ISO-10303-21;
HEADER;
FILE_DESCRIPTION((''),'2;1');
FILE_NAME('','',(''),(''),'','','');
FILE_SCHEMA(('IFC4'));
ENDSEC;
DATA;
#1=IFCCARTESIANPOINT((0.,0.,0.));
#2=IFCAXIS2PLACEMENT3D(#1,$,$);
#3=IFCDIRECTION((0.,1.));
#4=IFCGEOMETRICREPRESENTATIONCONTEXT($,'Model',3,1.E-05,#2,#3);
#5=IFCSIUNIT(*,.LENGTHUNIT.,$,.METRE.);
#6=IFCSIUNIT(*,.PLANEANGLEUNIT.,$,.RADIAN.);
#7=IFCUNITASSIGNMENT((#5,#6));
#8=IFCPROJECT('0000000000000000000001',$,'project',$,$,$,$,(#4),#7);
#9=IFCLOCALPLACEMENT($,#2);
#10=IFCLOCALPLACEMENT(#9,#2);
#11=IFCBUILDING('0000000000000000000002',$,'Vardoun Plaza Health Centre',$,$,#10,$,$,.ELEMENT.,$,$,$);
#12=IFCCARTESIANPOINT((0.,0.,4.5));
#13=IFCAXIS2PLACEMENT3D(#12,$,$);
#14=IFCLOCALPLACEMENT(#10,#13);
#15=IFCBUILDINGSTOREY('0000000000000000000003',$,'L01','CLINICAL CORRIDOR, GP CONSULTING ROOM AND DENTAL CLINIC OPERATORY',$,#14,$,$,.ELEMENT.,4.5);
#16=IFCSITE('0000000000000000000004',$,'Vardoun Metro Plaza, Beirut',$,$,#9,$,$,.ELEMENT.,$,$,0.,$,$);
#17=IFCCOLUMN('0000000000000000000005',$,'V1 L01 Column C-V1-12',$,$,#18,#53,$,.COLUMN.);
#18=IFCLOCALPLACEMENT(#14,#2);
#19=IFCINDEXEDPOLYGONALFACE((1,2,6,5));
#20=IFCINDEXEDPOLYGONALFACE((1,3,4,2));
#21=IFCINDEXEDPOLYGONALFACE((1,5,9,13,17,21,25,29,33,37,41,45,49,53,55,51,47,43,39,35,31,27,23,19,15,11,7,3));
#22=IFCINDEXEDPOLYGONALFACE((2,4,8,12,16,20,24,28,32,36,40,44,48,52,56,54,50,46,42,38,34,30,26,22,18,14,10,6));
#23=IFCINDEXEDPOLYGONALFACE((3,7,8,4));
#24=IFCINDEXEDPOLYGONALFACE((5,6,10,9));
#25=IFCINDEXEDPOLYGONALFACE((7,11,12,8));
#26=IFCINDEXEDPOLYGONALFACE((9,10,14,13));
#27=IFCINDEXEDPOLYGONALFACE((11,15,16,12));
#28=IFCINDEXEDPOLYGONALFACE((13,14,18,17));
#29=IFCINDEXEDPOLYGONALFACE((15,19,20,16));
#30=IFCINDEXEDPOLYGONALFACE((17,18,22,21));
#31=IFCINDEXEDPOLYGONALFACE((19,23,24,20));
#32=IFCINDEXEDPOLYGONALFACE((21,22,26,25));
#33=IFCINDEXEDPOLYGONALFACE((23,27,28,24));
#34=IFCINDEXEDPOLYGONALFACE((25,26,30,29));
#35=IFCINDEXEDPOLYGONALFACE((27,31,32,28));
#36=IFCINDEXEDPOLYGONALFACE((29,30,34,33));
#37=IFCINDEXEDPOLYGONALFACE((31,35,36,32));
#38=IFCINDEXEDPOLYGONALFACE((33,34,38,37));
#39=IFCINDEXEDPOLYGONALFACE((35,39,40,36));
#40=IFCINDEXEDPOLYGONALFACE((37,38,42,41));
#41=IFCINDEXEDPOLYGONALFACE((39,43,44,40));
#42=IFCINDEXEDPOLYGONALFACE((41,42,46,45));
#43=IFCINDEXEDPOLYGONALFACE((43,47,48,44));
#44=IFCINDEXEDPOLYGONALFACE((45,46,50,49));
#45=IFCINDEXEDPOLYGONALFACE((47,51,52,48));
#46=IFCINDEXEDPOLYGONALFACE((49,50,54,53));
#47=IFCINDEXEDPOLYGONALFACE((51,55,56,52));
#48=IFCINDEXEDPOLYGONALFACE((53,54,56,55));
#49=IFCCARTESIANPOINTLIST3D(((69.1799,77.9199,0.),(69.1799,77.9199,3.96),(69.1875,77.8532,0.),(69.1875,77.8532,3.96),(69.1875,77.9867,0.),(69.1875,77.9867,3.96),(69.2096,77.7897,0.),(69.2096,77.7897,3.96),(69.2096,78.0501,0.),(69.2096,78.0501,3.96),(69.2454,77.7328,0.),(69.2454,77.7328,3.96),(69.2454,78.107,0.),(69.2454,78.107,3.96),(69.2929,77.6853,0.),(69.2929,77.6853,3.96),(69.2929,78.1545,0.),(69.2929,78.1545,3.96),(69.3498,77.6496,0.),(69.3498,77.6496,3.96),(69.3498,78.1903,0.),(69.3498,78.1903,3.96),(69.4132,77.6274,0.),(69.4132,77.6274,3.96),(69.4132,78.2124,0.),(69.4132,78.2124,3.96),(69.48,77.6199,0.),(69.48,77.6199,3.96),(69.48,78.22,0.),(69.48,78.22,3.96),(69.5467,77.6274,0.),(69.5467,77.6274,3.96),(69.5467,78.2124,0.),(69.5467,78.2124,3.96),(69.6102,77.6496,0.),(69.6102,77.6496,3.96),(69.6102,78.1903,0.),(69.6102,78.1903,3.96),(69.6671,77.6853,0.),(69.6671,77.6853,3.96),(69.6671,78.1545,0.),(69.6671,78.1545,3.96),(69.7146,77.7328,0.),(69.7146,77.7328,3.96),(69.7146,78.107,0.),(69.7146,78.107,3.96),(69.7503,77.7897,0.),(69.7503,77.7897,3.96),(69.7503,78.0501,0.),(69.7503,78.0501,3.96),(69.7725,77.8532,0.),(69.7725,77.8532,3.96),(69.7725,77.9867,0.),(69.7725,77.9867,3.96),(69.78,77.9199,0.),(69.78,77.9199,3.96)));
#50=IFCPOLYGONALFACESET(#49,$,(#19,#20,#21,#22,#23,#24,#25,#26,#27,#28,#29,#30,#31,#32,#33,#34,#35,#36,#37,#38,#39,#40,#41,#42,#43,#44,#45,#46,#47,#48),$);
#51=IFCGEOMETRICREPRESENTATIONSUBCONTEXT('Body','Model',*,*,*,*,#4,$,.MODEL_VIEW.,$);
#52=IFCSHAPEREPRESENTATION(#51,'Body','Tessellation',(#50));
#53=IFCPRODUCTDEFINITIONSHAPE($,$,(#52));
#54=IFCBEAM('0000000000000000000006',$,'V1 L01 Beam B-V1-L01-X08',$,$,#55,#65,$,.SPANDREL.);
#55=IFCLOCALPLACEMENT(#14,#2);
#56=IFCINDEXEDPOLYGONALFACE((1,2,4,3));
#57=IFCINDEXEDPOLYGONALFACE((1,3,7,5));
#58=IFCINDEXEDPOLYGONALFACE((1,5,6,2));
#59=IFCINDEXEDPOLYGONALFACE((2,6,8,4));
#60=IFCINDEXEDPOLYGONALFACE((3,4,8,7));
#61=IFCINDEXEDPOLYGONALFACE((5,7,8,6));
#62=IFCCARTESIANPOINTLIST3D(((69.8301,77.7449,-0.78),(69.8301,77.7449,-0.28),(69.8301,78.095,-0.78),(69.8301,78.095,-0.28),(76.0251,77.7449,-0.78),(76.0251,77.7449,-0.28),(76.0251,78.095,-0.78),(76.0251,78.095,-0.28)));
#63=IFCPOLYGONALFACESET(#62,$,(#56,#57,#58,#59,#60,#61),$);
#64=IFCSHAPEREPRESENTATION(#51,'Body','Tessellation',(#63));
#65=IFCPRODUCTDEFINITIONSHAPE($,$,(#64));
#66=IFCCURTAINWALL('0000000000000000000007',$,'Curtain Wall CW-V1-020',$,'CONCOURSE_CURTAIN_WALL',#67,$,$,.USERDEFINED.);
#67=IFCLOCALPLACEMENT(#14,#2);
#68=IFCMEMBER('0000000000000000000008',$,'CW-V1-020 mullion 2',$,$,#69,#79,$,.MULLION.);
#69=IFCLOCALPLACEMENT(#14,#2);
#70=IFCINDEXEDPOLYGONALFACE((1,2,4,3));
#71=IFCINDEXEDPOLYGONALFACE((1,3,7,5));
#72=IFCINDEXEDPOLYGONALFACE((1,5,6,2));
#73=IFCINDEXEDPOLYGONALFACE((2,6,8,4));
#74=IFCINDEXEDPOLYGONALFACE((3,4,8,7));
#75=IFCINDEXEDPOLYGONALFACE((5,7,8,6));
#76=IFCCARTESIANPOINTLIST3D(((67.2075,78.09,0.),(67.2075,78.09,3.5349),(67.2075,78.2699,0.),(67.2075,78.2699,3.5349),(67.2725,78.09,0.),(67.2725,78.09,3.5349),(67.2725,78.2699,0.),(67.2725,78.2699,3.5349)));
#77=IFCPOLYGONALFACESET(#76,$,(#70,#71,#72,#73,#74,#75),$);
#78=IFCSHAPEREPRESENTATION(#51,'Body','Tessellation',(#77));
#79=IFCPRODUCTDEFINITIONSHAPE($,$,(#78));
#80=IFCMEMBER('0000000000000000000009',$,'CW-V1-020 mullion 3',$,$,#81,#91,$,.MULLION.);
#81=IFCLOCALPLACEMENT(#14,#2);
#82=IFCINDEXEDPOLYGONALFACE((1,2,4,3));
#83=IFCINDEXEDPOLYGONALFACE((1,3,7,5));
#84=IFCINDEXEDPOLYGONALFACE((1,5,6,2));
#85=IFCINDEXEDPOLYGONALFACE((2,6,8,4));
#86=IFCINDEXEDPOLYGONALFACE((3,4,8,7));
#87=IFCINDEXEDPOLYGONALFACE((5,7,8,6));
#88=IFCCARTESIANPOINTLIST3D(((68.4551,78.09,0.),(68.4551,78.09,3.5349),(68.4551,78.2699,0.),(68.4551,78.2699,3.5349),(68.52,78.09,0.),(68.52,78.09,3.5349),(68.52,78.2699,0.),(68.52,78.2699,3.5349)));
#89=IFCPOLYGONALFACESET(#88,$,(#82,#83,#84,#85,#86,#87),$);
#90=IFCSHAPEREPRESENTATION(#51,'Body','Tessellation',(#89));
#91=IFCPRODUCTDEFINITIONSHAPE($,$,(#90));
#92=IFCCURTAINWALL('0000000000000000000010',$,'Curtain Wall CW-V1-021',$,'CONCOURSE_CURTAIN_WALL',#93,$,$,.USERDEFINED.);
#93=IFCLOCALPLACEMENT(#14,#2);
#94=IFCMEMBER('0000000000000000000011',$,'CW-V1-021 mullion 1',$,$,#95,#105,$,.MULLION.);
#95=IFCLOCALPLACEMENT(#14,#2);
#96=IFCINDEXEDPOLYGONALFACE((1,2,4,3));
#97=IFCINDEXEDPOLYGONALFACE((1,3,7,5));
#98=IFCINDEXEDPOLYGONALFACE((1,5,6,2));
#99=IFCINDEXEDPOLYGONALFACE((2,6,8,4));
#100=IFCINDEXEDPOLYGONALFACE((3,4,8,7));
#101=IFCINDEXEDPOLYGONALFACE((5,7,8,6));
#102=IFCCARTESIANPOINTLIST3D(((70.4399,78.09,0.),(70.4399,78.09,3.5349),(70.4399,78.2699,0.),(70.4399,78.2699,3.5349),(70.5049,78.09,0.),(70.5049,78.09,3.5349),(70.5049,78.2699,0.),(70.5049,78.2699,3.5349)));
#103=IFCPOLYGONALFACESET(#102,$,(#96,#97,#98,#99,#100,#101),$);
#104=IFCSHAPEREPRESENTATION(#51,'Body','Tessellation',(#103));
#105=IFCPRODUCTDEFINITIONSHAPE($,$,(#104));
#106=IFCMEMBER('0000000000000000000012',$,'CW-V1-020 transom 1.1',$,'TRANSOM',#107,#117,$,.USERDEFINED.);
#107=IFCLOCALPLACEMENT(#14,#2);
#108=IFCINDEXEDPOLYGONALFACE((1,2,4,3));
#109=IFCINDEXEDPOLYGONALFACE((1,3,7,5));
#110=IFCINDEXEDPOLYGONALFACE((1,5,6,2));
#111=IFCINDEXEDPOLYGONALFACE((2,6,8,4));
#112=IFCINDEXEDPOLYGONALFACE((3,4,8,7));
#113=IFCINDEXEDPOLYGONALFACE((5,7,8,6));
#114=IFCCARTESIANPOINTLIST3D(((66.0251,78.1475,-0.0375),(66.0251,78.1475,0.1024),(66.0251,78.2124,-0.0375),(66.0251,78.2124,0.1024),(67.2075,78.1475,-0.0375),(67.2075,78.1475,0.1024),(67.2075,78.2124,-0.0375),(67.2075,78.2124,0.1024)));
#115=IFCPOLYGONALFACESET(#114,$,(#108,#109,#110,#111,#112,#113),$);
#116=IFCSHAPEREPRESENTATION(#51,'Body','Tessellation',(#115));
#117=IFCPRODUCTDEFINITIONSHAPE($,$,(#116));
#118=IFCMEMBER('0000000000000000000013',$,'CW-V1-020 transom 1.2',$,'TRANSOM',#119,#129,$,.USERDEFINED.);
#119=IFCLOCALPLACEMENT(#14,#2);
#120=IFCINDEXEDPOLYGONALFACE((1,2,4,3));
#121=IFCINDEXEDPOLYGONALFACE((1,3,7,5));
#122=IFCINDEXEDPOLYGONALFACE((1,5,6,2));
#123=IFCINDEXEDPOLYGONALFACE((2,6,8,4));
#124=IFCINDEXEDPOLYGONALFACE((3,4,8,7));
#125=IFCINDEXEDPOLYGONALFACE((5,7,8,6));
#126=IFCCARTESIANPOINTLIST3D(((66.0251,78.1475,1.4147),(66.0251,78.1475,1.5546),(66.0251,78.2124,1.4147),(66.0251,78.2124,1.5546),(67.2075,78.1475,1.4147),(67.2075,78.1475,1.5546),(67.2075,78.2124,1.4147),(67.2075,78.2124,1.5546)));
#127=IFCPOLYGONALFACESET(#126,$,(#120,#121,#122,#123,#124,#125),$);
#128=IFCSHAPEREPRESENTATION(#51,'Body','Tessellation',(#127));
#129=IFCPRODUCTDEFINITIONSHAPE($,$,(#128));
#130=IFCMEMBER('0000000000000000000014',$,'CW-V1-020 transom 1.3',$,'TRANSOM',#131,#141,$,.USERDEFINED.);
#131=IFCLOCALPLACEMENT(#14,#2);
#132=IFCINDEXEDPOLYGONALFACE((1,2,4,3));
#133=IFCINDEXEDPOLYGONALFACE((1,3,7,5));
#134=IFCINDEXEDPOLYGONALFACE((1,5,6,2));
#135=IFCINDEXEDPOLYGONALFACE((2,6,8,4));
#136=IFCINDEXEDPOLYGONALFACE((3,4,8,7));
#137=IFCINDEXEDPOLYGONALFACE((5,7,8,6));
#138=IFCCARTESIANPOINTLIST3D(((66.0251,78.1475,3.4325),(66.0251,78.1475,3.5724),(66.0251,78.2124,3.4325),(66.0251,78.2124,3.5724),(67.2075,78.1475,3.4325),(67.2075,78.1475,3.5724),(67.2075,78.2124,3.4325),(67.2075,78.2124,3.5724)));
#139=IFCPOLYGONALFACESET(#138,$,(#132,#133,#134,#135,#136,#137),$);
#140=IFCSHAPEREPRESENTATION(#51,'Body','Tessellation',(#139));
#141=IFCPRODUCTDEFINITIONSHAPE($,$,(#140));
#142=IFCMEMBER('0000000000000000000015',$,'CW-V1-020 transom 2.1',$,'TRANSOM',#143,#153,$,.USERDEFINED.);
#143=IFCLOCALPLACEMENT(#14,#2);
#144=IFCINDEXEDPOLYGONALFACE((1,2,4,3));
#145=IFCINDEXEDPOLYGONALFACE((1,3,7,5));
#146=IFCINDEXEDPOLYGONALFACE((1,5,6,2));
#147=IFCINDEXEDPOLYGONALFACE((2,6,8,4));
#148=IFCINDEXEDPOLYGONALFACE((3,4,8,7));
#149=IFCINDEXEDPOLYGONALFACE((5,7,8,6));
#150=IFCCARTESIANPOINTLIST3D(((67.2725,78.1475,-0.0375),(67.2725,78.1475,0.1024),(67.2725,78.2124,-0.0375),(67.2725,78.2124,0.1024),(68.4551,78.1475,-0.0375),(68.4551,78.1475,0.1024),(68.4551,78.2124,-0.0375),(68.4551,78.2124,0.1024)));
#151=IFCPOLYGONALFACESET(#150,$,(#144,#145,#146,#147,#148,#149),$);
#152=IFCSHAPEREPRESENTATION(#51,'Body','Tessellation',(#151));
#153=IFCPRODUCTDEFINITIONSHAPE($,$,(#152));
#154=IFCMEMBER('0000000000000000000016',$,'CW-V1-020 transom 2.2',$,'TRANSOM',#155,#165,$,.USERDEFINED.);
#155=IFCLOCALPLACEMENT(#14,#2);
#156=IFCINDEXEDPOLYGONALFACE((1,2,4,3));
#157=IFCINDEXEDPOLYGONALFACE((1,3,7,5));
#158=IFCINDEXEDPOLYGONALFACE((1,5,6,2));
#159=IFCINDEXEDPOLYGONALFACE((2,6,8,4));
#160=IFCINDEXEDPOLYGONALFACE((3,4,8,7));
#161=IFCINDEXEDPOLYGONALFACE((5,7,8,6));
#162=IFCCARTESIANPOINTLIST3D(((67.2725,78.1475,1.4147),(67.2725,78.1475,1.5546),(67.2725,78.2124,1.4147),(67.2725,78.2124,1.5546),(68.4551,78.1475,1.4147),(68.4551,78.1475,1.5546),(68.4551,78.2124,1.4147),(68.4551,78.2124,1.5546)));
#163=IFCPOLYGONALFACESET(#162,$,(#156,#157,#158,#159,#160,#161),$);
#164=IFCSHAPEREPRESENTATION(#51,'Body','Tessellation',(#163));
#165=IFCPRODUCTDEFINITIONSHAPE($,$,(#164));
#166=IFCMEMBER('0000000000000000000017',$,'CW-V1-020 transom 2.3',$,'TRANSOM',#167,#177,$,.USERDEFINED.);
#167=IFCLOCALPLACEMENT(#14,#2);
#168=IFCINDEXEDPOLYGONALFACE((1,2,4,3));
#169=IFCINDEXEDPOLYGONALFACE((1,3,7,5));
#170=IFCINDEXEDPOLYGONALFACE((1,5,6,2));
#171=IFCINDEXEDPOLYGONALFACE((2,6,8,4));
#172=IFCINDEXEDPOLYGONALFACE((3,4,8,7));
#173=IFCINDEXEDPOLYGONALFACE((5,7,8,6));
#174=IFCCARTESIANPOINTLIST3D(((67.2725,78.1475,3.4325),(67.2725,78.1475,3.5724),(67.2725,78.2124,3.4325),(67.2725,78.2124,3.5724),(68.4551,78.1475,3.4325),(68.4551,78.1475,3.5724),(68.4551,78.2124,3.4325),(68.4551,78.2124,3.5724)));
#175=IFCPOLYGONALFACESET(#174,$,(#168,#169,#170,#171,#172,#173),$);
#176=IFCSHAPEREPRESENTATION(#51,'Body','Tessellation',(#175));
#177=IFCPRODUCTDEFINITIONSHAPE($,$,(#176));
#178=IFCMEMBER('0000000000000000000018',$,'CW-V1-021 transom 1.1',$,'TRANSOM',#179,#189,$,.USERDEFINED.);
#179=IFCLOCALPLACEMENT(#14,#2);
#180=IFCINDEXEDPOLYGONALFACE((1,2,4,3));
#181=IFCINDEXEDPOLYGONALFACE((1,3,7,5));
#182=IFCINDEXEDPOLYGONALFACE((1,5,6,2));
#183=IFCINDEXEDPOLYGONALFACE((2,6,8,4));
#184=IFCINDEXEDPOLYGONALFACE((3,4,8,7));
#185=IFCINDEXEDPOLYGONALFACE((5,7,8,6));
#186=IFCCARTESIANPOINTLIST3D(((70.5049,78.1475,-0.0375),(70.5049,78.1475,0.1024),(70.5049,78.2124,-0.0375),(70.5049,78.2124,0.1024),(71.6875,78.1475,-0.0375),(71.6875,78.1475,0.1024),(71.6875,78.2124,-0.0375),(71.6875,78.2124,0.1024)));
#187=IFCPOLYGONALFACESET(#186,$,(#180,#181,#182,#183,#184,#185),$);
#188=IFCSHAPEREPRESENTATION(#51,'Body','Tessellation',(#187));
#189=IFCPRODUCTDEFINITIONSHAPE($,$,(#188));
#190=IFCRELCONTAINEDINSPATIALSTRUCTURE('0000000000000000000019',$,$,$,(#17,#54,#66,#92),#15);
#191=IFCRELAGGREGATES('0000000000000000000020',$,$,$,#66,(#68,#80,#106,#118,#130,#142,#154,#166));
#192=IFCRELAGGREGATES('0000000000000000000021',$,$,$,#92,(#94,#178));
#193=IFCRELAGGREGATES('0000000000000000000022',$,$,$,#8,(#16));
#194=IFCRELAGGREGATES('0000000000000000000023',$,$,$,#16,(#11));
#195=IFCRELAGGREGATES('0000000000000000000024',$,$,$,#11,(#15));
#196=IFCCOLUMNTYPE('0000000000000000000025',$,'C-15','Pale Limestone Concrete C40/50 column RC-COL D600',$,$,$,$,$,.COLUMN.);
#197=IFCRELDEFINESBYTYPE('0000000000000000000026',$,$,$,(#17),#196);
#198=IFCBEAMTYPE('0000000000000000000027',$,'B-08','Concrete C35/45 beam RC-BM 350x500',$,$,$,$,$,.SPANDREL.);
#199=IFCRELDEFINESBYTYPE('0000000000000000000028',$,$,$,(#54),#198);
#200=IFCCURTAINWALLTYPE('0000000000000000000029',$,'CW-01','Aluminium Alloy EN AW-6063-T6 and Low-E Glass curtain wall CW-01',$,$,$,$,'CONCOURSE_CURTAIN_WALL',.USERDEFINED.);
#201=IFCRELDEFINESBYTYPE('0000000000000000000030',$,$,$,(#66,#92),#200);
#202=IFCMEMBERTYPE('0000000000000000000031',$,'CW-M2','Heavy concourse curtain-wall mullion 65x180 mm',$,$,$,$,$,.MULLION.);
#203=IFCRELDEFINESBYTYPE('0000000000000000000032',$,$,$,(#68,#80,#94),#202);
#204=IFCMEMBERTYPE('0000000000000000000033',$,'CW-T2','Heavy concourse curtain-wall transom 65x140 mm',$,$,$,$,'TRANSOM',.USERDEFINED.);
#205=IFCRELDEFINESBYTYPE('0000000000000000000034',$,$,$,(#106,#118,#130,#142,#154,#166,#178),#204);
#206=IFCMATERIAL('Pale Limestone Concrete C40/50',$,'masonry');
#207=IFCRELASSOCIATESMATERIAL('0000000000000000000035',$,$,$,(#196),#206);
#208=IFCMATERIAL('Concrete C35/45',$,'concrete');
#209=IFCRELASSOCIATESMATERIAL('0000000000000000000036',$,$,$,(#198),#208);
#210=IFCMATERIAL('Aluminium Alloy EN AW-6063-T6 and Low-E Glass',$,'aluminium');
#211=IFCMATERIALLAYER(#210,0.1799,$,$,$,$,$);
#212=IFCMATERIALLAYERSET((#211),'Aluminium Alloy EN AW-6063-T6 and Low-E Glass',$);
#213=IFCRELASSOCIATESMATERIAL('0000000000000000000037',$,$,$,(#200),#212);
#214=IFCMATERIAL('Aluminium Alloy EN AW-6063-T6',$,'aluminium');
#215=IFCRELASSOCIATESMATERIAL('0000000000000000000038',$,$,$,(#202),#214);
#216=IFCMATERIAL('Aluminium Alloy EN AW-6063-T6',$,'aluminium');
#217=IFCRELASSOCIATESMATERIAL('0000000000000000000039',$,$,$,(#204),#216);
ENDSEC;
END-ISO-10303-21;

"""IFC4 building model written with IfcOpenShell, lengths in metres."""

from ifc_helpers import new_model, si_unit, direction, frame, origin, origin_2d, place, context, subcontext, project, spatial, rectangle, circle, extrude, material, layer, layer_set, material_profile, profile_set, type_object, element, aggregate, save


model = new_model("IFC4")

# Units and contexts
model_context = context("Model", 3, precision=1e-05, world=origin(), true_north=direction((0.0, 1.0)))
body_context = subcontext(model_context, "Body", "Model", "MODEL_VIEW")
ifc_project = project(units=[si_unit("LENGTHUNIT", "METRE"), si_unit("PLANEANGLEUNIT", "RADIAN")], contexts=[model_context])

# Site, building, storey
site_placement = place(None, origin())
site = spatial("IfcSite", under=ifc_project, at=site_placement, Name="Vardoun Metro Plaza, Beirut", CompositionType="ELEMENT", RefElevation=0.0)
building_placement = place(site_placement, origin())
building = spatial("IfcBuilding", under=site, at=building_placement, Name="Vardoun Plaza Health Centre", CompositionType="ELEMENT")
storey_placement = place(building_placement, frame((0.0, 0.0, 4.5)))
storey = spatial("IfcBuildingStorey", under=building, at=storey_placement, Name="L01", Description="CLINICAL CORRIDOR, GP CONSULTING ROOM AND DENTAL CLINIC OPERATORY", CompositionType="ELEMENT", Elevation=4.5)

# Column
ifc_material_1 = material(Name="Pale Limestone Concrete C40/50", Category="masonry")
ifc_material_profile_1 = material_profile(ifc_material_1, circle(Radius=0.3, at=origin_2d()), Name="RC-COL D600")
ifc_profile_set_1 = profile_set([ifc_material_profile_1], Name="Pale Limestone Concrete C40/50")
column_type = type_object("IfcColumnType", Name="C-15", Description="Pale Limestone Concrete C40/50 column RC-COL D600", PredefinedType="COLUMN", material=ifc_profile_set_1)
column_placement = place(storey_placement, frame((69.48, 77.9199, 0.0), z_axis=(0.0, 0.0, 1.0), x_axis=(1.0, 0.0, 0.0)))
element("IfcColumn", 1, at=column_placement, inside=storey, type_object=column_type, Name="V1 L01 Column C-V1-12", PredefinedType="COLUMN", context=body_context, shape_type="SweptSolid", body=[
    extrude(circle(Radius=0.3, at=origin_2d()), origin(), (0.0, 0.0, 1.0), 3.96),
])

# Beam
ifc_material_2 = material(Name="Concrete C35/45", Category="concrete")
ifc_material_profile_2 = material_profile(ifc_material_2, rectangle(XDim=0.3501, YDim=0.5, at=origin_2d()), Name="RC-BM 350x500")
ifc_profile_set_2 = profile_set([ifc_material_profile_2], Name="Concrete C35/45")
beam_type = type_object("IfcBeamType", Name="B-08", Description="Concrete C35/45 beam RC-BM 350x500", PredefinedType="SPANDREL", material=ifc_profile_set_2)
beam_placement = place(storey_placement, frame((69.8301, 77.9199, -0.53), z_axis=(1.0, 0.0, 0.0), x_axis=(0.0, 1.0, 0.0)))
element("IfcBeam", 2, at=beam_placement, inside=storey, type_object=beam_type, Name="V1 L01 Beam B-V1-L01-X08", PredefinedType="SPANDREL", context=body_context, shape_type="SweptSolid", body=[
    extrude(rectangle(XDim=0.3501, YDim=0.5, at=origin_2d()), origin(), (0.0, 0.0, 1.0), 6.1951),
])

# Curtain wall, members
ifc_material_3 = material(Name="Aluminium Alloy EN AW-6063-T6 and Low-E Glass", Category="aluminium")
ifc_layer_1 = layer(ifc_material_3, 0.1799)
ifc_layer_set_1 = layer_set([ifc_layer_1], Name="Aluminium Alloy EN AW-6063-T6 and Low-E Glass")
curtain_wall_type = type_object("IfcCurtainWallType", Name="CW-01", Description="Aluminium Alloy EN AW-6063-T6 and Low-E Glass curtain wall CW-01", ElementType="CONCOURSE_CURTAIN_WALL", PredefinedType="USERDEFINED", material=ifc_layer_set_1)
curtain_wall_1_placement = place(storey_placement, origin())
curtain_wall_1 = element("IfcCurtainWall", 3, at=curtain_wall_1_placement, inside=storey, type_object=curtain_wall_type, Name="Curtain Wall CW-V1-020", ObjectType="CONCOURSE_CURTAIN_WALL", PredefinedType="USERDEFINED")
ifc_material_4 = material(Name="Aluminium Alloy EN AW-6063-T6", Category="aluminium")
ifc_material_profile_3 = material_profile(ifc_material_4, rectangle(XDim=0.1799, YDim=0.0649, at=origin_2d()), Name="CWM 65x180")
ifc_profile_set_3 = profile_set([ifc_material_profile_3], Name="Aluminium Alloy EN AW-6063-T6")
member_type_1 = type_object("IfcMemberType", Name="CW-M2", Description="Heavy concourse curtain-wall mullion 65x180 mm", PredefinedType="MULLION", material=ifc_profile_set_3)
member_1_placement = place(storey_placement, frame((67.24, 78.1799, 0.0), z_axis=(0.0, 0.0, 1.0), x_axis=(0.0, 1.0, 0.0)))
member_1 = element("IfcMember", 4, at=member_1_placement, type_object=member_type_1, Name="CW-V1-020 mullion 2", PredefinedType="MULLION", context=body_context, shape_type="SweptSolid", body=[
    extrude(rectangle(XDim=0.1799, YDim=0.0649, at=origin_2d()), origin(), (0.0, 0.0, 1.0), 3.5349),
])
member_2_placement = place(storey_placement, frame((68.4875, 78.1799, 0.0), z_axis=(0.0, 0.0, 1.0), x_axis=(0.0, 1.0, 0.0)))
member_2 = element("IfcMember", 5, at=member_2_placement, type_object=member_type_1, Name="CW-V1-020 mullion 3", PredefinedType="MULLION", context=body_context, shape_type="SweptSolid", body=[
    extrude(rectangle(XDim=0.1799, YDim=0.0649, at=origin_2d()), origin(), (0.0, 0.0, 1.0), 3.5349),
])

# Curtain wall, member
curtain_wall_2_placement = place(storey_placement, origin())
curtain_wall_2 = element("IfcCurtainWall", 6, at=curtain_wall_2_placement, inside=storey, type_object=curtain_wall_type, Name="Curtain Wall CW-V1-021", ObjectType="CONCOURSE_CURTAIN_WALL", PredefinedType="USERDEFINED")
member_3_placement = place(storey_placement, frame((70.4724, 78.1799, 0.0), z_axis=(0.0, 0.0, 1.0), x_axis=(0.0, 1.0, 0.0)))
member_3 = element("IfcMember", 7, at=member_3_placement, type_object=member_type_1, Name="CW-V1-021 mullion 1", PredefinedType="MULLION", context=body_context, shape_type="SweptSolid", body=[
    extrude(rectangle(XDim=0.1799, YDim=0.0649, at=origin_2d()), origin(), (0.0, 0.0, 1.0), 3.5349),
])

# Members
ifc_material_5 = material(Name="Aluminium Alloy EN AW-6063-T6", Category="aluminium")
ifc_material_profile_4 = material_profile(ifc_material_5, rectangle(XDim=0.0649, YDim=0.1399, at=origin_2d()), Name="CWT 65x140")
ifc_profile_set_4 = profile_set([ifc_material_profile_4], Name="Aluminium Alloy EN AW-6063-T6")
member_type_2 = type_object("IfcMemberType", Name="CW-T2", Description="Heavy concourse curtain-wall transom 65x140 mm", ElementType="TRANSOM", PredefinedType="USERDEFINED", material=ifc_profile_set_4)
member_4_placement = place(storey_placement, frame((66.0251, 78.1799, 0.0325), z_axis=(1.0, 0.0, 0.0), x_axis=(0.0, 1.0, 0.0)))
member_4 = element("IfcMember", 8, at=member_4_placement, type_object=member_type_2, Name="CW-V1-020 transom 1.1", ObjectType="TRANSOM", PredefinedType="USERDEFINED", context=body_context, shape_type="SweptSolid", body=[
    extrude(rectangle(XDim=0.0649, YDim=0.1399, at=origin_2d()), origin(), (0.0, 0.0, 1.0), 1.1824),
])
member_5_placement = place(storey_placement, frame((66.0251, 78.1799, 1.4846), z_axis=(1.0, 0.0, 0.0), x_axis=(0.0, 1.0, 0.0)))
member_5 = element("IfcMember", 9, at=member_5_placement, type_object=member_type_2, Name="CW-V1-020 transom 1.2", ObjectType="TRANSOM", PredefinedType="USERDEFINED", context=body_context, shape_type="SweptSolid", body=[
    extrude(rectangle(XDim=0.0649, YDim=0.1399, at=origin_2d()), origin(), (0.0, 0.0, 1.0), 1.1824),
])
member_6_placement = place(storey_placement, frame((66.0251, 78.1799, 3.5024), z_axis=(1.0, 0.0, 0.0), x_axis=(0.0, 1.0, 0.0)))
member_6 = element("IfcMember", 10, at=member_6_placement, type_object=member_type_2, Name="CW-V1-020 transom 1.3", ObjectType="TRANSOM", PredefinedType="USERDEFINED", context=body_context, shape_type="SweptSolid", body=[
    extrude(rectangle(XDim=0.0649, YDim=0.1399, at=origin_2d()), origin(), (0.0, 0.0, 1.0), 1.1824),
])
member_7_placement = place(storey_placement, frame((67.2725, 78.1799, 0.0325), z_axis=(1.0, 0.0, 0.0), x_axis=(0.0, 1.0, 0.0)))
member_7 = element("IfcMember", 11, at=member_7_placement, type_object=member_type_2, Name="CW-V1-020 transom 2.1", ObjectType="TRANSOM", PredefinedType="USERDEFINED", context=body_context, shape_type="SweptSolid", body=[
    extrude(rectangle(XDim=0.0649, YDim=0.1399, at=origin_2d()), origin(), (0.0, 0.0, 1.0), 1.1826),
])
member_8_placement = place(storey_placement, frame((67.2725, 78.1799, 1.4846), z_axis=(1.0, 0.0, 0.0), x_axis=(0.0, 1.0, 0.0)))
member_8 = element("IfcMember", 12, at=member_8_placement, type_object=member_type_2, Name="CW-V1-020 transom 2.2", ObjectType="TRANSOM", PredefinedType="USERDEFINED", context=body_context, shape_type="SweptSolid", body=[
    extrude(rectangle(XDim=0.0649, YDim=0.1399, at=origin_2d()), origin(), (0.0, 0.0, 1.0), 1.1826),
])
member_9_placement = place(storey_placement, frame((67.2725, 78.1799, 3.5024), z_axis=(1.0, 0.0, 0.0), x_axis=(0.0, 1.0, 0.0)))
member_9 = element("IfcMember", 13, at=member_9_placement, type_object=member_type_2, Name="CW-V1-020 transom 2.3", ObjectType="TRANSOM", PredefinedType="USERDEFINED", context=body_context, shape_type="SweptSolid", body=[
    extrude(rectangle(XDim=0.0649, YDim=0.1399, at=origin_2d()), origin(), (0.0, 0.0, 1.0), 1.1826),
])
member_10_placement = place(storey_placement, frame((70.5049, 78.1799, 0.0325), z_axis=(1.0, 0.0, 0.0), x_axis=(0.0, 1.0, 0.0)))
member_10 = element("IfcMember", 14, at=member_10_placement, type_object=member_type_2, Name="CW-V1-021 transom 1.1", ObjectType="TRANSOM", PredefinedType="USERDEFINED", context=body_context, shape_type="SweptSolid", body=[
    extrude(rectangle(XDim=0.0649, YDim=0.1399, at=origin_2d()), origin(), (0.0, 0.0, 1.0), 1.1826),
])

aggregate(curtain_wall_1, [member_1, member_2, member_4, member_5, member_6, member_7, member_8, member_9])
aggregate(curtain_wall_2, [member_3, member_10])

save(model, "model.ifc")
